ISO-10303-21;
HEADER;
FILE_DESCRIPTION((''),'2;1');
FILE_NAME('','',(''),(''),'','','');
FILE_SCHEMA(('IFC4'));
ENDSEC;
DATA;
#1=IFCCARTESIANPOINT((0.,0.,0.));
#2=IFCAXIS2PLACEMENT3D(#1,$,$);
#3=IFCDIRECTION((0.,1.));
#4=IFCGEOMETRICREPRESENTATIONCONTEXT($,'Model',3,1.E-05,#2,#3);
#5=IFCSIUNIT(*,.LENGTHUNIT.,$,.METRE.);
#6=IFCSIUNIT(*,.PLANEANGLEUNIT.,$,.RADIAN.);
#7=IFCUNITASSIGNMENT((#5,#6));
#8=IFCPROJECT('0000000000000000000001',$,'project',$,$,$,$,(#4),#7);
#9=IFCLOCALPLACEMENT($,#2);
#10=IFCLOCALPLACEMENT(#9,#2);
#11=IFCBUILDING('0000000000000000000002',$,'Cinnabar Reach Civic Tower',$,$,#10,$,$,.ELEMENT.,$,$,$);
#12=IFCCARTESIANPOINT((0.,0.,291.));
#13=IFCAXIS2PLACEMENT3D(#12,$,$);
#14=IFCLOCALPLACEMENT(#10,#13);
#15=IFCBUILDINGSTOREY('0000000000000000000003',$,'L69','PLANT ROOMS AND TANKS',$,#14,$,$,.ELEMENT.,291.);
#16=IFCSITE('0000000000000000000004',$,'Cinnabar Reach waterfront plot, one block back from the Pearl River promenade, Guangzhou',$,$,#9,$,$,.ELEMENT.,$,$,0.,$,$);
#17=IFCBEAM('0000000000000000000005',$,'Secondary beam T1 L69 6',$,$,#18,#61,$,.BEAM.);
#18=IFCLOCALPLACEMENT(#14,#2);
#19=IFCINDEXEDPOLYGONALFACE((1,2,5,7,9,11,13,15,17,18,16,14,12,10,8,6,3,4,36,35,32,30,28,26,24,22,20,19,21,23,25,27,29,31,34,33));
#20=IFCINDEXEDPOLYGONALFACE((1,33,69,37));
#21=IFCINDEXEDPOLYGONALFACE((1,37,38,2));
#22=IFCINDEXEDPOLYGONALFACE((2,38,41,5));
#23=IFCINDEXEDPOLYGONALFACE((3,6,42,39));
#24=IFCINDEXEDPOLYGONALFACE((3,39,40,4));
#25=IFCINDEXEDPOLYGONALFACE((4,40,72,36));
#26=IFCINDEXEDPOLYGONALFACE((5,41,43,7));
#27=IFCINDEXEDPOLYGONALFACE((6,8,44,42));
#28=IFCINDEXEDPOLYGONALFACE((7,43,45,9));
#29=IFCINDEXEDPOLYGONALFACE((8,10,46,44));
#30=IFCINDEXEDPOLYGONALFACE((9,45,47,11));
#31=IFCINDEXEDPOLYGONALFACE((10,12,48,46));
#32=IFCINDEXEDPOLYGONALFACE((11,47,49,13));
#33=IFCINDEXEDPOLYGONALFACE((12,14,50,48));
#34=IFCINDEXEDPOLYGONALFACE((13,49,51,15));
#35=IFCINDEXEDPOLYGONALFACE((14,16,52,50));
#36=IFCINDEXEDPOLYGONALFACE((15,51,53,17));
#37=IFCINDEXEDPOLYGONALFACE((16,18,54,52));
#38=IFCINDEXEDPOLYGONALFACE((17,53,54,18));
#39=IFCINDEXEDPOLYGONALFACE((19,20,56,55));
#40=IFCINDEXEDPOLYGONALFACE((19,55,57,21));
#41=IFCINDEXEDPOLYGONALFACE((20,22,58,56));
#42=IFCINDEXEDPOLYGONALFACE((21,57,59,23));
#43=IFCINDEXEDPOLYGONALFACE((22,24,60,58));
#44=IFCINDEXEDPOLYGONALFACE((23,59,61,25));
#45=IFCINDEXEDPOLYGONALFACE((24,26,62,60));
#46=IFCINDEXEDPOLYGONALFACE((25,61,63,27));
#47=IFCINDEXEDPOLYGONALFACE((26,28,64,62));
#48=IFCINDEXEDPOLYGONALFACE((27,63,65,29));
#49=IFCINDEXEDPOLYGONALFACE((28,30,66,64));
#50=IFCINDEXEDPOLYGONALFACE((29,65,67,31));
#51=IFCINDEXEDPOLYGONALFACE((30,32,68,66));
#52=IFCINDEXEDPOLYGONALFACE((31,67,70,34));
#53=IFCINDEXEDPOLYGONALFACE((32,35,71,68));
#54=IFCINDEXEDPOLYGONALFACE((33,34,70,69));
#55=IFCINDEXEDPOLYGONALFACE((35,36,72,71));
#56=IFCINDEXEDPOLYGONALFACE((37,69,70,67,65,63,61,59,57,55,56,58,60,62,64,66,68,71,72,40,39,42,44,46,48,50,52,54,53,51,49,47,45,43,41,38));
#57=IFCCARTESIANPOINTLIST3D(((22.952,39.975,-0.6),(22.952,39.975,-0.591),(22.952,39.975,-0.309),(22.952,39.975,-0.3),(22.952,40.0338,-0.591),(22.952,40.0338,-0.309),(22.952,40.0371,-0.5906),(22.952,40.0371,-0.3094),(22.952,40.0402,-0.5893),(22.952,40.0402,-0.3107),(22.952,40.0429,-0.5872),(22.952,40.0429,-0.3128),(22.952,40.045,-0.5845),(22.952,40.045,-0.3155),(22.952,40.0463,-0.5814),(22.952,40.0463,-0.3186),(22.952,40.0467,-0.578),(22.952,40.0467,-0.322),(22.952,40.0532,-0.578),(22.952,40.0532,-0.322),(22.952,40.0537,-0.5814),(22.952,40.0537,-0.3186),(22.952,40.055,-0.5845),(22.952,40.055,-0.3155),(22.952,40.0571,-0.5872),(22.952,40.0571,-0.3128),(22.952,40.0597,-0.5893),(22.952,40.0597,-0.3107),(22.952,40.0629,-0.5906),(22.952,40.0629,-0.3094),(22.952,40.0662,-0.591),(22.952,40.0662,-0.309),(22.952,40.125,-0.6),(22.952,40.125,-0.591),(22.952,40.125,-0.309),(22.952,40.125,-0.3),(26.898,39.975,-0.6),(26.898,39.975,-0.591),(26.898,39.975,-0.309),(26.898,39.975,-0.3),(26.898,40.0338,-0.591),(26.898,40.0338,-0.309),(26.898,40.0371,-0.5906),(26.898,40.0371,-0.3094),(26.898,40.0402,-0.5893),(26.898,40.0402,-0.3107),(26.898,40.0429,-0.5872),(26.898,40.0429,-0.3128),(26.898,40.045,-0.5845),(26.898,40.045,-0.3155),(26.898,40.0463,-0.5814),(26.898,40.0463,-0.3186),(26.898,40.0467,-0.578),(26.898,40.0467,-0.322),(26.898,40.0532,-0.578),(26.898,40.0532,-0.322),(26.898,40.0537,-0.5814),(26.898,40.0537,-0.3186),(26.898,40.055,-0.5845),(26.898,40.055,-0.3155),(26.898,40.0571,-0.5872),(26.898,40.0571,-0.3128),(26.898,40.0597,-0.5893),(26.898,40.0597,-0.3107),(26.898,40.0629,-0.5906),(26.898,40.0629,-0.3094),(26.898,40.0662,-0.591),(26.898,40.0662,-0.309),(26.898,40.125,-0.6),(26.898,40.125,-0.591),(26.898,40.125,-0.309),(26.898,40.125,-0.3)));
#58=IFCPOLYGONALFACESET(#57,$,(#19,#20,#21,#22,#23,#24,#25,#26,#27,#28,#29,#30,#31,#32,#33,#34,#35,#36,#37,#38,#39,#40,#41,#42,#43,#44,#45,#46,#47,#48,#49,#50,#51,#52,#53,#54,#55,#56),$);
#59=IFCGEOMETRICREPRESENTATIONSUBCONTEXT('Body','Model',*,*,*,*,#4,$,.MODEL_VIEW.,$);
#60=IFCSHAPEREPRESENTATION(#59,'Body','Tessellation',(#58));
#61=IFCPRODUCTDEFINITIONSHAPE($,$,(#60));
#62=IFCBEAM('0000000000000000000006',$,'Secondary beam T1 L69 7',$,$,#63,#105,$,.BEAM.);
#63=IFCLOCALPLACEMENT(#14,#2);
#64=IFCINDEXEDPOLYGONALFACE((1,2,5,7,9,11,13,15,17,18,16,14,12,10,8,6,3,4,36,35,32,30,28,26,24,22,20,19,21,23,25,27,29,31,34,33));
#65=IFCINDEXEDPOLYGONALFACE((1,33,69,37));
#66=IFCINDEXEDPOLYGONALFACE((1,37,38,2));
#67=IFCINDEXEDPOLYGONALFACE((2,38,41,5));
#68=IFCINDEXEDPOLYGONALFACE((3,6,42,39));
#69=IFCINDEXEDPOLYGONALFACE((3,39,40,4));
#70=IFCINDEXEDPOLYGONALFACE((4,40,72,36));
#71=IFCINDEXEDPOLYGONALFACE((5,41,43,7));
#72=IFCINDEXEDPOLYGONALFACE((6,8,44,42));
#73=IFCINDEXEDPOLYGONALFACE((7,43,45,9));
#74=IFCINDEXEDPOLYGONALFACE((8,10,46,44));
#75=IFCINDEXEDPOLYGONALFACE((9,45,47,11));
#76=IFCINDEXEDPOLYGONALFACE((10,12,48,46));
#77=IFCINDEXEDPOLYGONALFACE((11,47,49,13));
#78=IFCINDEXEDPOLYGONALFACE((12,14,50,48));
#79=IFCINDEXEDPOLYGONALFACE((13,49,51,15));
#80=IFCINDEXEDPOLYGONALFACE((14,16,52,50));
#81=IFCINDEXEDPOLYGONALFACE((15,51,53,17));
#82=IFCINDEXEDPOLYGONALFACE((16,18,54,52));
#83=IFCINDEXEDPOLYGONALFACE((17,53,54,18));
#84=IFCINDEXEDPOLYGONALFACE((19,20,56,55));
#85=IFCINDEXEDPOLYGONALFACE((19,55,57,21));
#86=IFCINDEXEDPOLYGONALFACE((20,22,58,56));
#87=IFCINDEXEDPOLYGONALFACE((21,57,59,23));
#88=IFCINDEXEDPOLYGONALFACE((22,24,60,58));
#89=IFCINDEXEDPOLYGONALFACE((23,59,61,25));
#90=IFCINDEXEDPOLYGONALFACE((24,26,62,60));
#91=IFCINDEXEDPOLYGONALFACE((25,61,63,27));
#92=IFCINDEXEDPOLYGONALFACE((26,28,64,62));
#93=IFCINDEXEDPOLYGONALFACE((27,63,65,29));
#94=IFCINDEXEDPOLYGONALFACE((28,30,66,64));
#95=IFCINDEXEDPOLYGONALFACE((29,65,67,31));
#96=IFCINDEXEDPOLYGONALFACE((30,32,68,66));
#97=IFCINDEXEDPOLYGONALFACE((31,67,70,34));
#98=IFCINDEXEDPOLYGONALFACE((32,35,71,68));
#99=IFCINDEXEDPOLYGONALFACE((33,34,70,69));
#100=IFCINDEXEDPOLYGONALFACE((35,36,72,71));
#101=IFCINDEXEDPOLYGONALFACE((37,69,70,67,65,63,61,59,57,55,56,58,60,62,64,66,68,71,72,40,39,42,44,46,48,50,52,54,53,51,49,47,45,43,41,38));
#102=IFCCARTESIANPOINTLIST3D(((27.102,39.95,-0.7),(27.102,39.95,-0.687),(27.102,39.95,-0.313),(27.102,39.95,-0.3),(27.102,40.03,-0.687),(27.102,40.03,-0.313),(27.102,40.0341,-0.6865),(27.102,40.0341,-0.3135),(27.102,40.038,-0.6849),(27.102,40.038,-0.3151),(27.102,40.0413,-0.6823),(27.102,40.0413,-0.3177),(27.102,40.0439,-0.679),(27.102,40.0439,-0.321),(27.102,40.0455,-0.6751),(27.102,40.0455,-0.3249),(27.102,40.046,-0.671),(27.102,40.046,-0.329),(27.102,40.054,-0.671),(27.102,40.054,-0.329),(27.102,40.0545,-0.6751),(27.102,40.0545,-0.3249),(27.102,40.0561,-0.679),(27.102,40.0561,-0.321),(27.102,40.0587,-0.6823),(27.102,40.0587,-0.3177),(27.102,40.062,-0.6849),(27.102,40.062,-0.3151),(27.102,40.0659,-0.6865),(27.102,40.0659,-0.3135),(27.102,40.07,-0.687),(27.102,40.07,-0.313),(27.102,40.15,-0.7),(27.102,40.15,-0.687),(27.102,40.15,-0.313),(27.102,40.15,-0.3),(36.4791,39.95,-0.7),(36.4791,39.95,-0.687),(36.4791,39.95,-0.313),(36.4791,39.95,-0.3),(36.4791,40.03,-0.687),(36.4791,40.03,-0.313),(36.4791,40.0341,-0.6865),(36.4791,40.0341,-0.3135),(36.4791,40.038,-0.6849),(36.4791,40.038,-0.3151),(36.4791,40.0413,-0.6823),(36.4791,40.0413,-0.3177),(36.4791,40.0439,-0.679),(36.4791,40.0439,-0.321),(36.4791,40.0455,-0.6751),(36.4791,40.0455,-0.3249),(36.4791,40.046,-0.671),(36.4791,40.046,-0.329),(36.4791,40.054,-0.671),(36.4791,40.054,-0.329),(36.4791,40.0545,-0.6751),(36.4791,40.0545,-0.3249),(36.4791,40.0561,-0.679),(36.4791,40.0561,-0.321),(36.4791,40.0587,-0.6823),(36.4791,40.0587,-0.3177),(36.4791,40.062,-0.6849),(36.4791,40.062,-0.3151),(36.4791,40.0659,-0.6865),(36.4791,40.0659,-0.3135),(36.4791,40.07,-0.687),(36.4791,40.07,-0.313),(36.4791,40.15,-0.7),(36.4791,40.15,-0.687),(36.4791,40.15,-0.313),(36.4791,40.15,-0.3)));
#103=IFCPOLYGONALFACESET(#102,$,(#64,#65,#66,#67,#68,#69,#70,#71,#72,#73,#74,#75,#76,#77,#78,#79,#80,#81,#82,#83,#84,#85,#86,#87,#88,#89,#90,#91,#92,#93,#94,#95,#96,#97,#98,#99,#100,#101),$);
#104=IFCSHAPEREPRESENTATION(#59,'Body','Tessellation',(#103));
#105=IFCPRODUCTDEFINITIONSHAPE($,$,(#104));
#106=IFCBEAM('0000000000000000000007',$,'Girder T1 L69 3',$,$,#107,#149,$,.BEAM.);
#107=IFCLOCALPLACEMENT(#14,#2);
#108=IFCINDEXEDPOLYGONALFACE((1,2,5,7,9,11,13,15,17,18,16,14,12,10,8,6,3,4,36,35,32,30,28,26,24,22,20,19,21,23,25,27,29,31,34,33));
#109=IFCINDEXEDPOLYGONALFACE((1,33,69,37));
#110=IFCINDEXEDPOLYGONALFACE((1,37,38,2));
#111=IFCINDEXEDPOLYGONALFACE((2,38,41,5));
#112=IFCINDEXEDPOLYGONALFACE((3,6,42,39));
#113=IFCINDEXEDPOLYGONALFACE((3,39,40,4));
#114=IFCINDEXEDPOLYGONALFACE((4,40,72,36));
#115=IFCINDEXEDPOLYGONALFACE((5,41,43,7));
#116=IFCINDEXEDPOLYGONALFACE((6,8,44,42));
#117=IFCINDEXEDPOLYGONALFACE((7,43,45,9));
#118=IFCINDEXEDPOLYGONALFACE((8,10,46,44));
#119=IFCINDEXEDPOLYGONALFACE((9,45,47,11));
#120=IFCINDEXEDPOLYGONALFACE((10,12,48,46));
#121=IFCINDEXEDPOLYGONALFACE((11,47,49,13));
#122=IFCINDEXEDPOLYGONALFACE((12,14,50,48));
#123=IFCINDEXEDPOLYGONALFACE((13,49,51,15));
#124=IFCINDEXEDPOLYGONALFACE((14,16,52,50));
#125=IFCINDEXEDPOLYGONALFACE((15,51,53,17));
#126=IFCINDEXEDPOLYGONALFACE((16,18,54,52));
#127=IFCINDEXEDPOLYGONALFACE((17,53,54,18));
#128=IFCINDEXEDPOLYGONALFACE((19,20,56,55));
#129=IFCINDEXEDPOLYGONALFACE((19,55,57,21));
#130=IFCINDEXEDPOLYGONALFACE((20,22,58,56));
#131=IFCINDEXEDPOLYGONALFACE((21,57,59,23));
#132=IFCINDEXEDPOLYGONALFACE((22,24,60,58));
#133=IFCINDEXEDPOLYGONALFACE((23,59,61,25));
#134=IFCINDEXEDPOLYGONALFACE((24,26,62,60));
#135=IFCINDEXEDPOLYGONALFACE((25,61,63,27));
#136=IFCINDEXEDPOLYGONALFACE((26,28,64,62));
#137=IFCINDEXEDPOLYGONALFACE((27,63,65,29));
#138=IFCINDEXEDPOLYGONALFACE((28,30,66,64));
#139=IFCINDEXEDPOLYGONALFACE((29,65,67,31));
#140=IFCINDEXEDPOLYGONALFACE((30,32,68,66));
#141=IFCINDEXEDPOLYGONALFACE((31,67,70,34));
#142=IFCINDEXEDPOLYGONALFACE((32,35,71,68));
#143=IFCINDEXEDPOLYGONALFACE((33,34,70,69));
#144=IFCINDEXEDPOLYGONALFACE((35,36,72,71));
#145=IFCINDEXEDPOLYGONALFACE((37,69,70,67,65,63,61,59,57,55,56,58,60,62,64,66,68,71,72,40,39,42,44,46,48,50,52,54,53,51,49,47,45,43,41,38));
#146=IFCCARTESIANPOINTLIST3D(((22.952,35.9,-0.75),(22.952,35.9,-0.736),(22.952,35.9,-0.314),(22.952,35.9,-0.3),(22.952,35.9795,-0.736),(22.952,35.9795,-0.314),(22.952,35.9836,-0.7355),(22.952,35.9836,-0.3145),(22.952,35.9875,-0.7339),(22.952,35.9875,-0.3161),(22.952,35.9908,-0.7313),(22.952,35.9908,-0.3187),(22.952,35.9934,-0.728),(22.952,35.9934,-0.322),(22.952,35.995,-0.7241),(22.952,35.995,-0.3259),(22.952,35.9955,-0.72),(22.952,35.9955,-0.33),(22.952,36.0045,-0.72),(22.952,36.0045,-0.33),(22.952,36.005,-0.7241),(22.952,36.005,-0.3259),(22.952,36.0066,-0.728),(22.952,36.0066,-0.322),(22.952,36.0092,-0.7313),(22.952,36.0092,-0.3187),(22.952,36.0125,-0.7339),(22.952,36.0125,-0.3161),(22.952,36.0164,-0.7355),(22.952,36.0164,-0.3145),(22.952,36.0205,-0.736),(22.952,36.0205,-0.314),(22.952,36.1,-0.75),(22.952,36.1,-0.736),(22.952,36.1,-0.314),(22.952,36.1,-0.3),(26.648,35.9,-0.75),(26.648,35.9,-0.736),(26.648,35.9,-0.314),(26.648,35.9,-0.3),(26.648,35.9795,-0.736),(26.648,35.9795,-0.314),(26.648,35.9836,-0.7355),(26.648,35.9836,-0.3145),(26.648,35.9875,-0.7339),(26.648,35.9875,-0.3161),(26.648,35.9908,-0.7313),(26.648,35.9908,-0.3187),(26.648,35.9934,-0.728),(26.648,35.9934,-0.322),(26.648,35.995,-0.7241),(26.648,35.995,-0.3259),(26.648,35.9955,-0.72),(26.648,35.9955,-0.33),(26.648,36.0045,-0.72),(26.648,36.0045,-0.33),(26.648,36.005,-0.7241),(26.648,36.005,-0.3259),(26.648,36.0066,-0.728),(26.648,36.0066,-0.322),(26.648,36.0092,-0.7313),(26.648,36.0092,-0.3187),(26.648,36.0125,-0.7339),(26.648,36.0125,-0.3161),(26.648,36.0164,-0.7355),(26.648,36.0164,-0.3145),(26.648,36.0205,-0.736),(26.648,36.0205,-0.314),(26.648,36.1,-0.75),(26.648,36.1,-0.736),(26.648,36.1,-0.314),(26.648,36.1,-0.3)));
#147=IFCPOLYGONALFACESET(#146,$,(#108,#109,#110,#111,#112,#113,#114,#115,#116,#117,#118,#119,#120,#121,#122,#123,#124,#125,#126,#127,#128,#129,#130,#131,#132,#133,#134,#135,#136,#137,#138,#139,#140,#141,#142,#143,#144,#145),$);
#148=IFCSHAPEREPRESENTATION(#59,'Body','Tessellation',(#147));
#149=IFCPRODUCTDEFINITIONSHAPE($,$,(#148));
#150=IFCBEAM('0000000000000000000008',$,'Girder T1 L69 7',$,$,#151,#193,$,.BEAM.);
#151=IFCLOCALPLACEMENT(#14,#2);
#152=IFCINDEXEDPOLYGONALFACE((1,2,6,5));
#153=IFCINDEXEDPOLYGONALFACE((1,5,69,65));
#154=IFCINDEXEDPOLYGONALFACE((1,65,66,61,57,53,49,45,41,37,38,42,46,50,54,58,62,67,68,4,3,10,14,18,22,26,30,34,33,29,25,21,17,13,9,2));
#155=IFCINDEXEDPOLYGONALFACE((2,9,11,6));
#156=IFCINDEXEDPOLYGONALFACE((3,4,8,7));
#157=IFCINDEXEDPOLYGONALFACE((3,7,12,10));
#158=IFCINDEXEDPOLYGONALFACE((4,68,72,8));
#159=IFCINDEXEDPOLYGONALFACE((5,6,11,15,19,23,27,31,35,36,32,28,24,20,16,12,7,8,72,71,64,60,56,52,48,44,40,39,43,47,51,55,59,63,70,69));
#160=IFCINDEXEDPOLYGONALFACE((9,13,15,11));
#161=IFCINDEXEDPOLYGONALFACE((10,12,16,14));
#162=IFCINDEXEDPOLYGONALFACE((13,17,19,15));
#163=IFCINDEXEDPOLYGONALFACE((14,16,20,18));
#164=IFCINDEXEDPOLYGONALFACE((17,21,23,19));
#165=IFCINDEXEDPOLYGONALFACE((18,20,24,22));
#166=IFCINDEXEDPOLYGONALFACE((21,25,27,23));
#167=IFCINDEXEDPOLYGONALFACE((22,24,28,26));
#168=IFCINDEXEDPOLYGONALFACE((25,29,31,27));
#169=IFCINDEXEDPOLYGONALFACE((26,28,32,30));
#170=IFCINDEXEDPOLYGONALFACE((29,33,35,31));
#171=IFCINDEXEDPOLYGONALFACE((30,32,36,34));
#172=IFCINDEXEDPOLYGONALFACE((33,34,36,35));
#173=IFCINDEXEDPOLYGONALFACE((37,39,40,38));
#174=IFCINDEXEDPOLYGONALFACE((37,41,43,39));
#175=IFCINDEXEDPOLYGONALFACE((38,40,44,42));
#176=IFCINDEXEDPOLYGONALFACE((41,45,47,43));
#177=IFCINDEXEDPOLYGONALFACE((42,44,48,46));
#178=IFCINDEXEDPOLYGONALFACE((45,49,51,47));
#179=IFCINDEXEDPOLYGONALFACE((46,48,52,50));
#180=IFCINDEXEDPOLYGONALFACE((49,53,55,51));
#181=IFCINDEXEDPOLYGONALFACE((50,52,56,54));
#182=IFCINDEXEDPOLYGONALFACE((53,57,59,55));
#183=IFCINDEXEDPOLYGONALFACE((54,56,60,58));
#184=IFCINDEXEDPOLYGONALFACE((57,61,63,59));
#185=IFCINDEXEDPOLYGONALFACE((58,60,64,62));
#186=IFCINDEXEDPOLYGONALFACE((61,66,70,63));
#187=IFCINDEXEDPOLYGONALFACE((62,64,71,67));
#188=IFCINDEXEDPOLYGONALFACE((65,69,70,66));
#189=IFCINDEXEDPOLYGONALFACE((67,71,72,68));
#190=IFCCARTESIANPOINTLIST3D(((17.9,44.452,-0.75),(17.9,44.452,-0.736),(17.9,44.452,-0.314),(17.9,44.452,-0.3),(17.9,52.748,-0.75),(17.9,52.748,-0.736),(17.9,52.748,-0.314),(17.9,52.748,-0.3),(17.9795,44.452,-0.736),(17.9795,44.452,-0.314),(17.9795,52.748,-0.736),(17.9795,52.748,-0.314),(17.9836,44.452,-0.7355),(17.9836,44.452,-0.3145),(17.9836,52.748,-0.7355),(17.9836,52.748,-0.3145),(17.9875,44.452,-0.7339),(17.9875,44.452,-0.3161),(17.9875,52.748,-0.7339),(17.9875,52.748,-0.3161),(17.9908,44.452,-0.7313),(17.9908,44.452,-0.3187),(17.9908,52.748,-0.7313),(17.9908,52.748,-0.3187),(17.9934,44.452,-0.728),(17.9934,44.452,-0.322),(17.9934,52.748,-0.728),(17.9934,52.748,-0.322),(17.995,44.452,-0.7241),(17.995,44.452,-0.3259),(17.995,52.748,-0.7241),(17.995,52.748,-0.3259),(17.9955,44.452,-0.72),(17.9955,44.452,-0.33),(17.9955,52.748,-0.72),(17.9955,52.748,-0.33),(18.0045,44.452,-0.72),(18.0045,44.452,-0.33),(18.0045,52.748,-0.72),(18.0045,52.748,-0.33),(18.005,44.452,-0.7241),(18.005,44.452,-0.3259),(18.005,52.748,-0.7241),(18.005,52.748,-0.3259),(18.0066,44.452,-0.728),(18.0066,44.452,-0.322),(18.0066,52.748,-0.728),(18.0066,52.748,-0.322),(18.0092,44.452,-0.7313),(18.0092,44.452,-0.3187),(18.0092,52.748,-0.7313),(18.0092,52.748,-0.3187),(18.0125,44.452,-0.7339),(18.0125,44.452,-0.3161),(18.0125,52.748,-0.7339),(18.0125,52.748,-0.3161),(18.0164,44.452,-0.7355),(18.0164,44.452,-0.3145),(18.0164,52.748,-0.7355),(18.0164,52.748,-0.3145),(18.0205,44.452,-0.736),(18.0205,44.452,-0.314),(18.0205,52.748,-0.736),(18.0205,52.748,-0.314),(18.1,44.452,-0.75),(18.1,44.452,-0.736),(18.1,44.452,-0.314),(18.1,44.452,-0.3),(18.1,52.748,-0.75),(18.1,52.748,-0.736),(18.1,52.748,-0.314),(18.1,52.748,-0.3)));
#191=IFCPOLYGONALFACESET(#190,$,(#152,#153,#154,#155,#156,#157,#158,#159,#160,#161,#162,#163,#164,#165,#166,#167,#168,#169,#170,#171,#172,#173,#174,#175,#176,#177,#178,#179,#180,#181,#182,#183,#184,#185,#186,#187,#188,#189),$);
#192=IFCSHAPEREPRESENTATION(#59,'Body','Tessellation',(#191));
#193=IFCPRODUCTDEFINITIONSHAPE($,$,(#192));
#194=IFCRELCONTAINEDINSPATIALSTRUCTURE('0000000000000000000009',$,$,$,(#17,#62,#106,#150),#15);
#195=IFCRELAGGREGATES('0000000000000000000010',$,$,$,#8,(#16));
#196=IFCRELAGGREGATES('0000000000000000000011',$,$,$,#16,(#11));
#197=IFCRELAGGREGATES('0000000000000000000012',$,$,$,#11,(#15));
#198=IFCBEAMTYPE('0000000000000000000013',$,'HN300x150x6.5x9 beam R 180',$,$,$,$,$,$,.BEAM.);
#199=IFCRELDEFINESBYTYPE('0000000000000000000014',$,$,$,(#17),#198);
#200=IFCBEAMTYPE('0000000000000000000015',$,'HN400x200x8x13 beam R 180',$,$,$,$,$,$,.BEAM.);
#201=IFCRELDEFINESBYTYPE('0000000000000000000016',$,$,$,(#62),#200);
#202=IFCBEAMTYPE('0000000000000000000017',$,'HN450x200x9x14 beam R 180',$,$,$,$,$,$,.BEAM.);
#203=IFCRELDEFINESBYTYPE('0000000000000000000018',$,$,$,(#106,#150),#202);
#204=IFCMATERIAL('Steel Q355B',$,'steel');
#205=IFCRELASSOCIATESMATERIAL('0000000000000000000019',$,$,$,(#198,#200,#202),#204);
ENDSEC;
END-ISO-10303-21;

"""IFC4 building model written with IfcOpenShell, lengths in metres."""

from ifc_helpers import new_model, si_unit, direction, frame, origin, origin_2d, place, context, subcontext, project, spatial, i_section, extrude, material, material_profile, profile_set, type_object, element, save


model = new_model("IFC4")

# Units and contexts
model_context = context("Model", 3, precision=1e-05, world=origin(), true_north=direction((0.0, 1.0)))
body_context = subcontext(model_context, "Body", "Model", "MODEL_VIEW")
ifc_project = project(units=[si_unit("LENGTHUNIT", "METRE"), si_unit("PLANEANGLEUNIT", "RADIAN")], contexts=[model_context])

# Site, building, storey
site_placement = place(None, origin())
site = spatial("IfcSite", under=ifc_project, at=site_placement, Name="Cinnabar Reach waterfront plot, one block back from the Pearl River promenade, Guangzhou", CompositionType="ELEMENT", RefElevation=0.0)
building_placement = place(site_placement, origin())
building = spatial("IfcBuilding", under=site, at=building_placement, Name="Cinnabar Reach Civic Tower", CompositionType="ELEMENT")
storey_placement = place(building_placement, frame((0.0, 0.0, 291.0)))
storey = spatial("IfcBuildingStorey", under=building, at=storey_placement, Name="L69", Description="PLANT ROOMS AND TANKS", CompositionType="ELEMENT", Elevation=291.0)

# Beams
ifc_material_1 = material(Name="Steel Q355B", Category="steel")
ifc_material_profile_1 = material_profile(ifc_material_1, i_section(OverallWidth=0.15, OverallDepth=0.3, WebThickness=0.0065, FlangeThickness=0.009, FilletRadius=0.013, at=origin_2d()), Name="HN300x150x6.5x9")
ifc_profile_set_1 = profile_set([ifc_material_profile_1], Name="Steel Q355B")
beam_type_1 = type_object("IfcBeamType", Name="HN300x150x6.5x9 beam R 180", PredefinedType="BEAM", material=ifc_profile_set_1)
beam_1_placement = place(storey_placement, frame((22.952, 40.05, -0.45), z_axis=(1.0, 0.0, 0.0), x_axis=(0.0, 1.0, 0.0)))
element("IfcBeam", 1, at=beam_1_placement, inside=storey, type_object=beam_type_1, Name="Secondary beam T1 L69 6", PredefinedType="BEAM", context=body_context, shape_type="SweptSolid", body=[
    extrude(i_section(OverallWidth=0.15, OverallDepth=0.3, WebThickness=0.0065, FlangeThickness=0.009, FilletRadius=0.013, at=origin_2d()), origin(), (0.0, 0.0, 1.0), 3.946),
])
ifc_material_profile_2 = material_profile(ifc_material_1, i_section(OverallWidth=0.2, OverallDepth=0.4, WebThickness=0.008, FlangeThickness=0.013, FilletRadius=0.016, at=origin_2d()), Name="HN400x200x8x13")
ifc_profile_set_2 = profile_set([ifc_material_profile_2], Name="Steel Q355B")
beam_type_2 = type_object("IfcBeamType", Name="HN400x200x8x13 beam R 180", PredefinedType="BEAM", material=ifc_profile_set_2)
beam_2_placement = place(storey_placement, frame((27.102, 40.05, -0.5), z_axis=(1.0, 0.0, 0.0), x_axis=(0.0, 1.0, 0.0)))
element("IfcBeam", 2, at=beam_2_placement, inside=storey, type_object=beam_type_2, Name="Secondary beam T1 L69 7", PredefinedType="BEAM", context=body_context, shape_type="SweptSolid", body=[
    extrude(i_section(OverallWidth=0.2, OverallDepth=0.4, WebThickness=0.008, FlangeThickness=0.013, FilletRadius=0.016, at=origin_2d()), origin(), (0.0, 0.0, 1.0), 9.3771),
])
ifc_material_profile_3 = material_profile(ifc_material_1, i_section(OverallWidth=0.2, OverallDepth=0.45, WebThickness=0.009, FlangeThickness=0.014, FilletRadius=0.016, at=origin_2d()), Name="HN450x200x9x14")
ifc_profile_set_3 = profile_set([ifc_material_profile_3], Name="Steel Q355B")
beam_type_3 = type_object("IfcBeamType", Name="HN450x200x9x14 beam R 180", PredefinedType="BEAM", material=ifc_profile_set_3)
beam_3_placement = place(storey_placement, frame((22.952, 36.0, -0.525), z_axis=(1.0, 0.0, 0.0), x_axis=(0.0, 1.0, 0.0)))
element("IfcBeam", 3, at=beam_3_placement, inside=storey, type_object=beam_type_3, Name="Girder T1 L69 3", PredefinedType="BEAM", context=body_context, shape_type="SweptSolid", body=[
    extrude(i_section(OverallWidth=0.2, OverallDepth=0.45, WebThickness=0.009, FlangeThickness=0.014, FilletRadius=0.016, at=origin_2d()), origin(), (0.0, 0.0, 1.0), 3.696),
])
beam_4_placement = place(storey_placement, frame((18.0, 44.452, -0.525), z_axis=(0.0, 1.0, 0.0), x_axis=(-1.0, 0.0, 0.0)))
element("IfcBeam", 4, at=beam_4_placement, inside=storey, type_object=beam_type_3, Name="Girder T1 L69 7", PredefinedType="BEAM", context=body_context, shape_type="SweptSolid", body=[
    extrude(i_section(OverallWidth=0.2, OverallDepth=0.45, WebThickness=0.009, FlangeThickness=0.014, FilletRadius=0.016, at=origin_2d()), origin(), (0.0, 0.0, 1.0), 8.296),
])

save(model, "model.ifc")
